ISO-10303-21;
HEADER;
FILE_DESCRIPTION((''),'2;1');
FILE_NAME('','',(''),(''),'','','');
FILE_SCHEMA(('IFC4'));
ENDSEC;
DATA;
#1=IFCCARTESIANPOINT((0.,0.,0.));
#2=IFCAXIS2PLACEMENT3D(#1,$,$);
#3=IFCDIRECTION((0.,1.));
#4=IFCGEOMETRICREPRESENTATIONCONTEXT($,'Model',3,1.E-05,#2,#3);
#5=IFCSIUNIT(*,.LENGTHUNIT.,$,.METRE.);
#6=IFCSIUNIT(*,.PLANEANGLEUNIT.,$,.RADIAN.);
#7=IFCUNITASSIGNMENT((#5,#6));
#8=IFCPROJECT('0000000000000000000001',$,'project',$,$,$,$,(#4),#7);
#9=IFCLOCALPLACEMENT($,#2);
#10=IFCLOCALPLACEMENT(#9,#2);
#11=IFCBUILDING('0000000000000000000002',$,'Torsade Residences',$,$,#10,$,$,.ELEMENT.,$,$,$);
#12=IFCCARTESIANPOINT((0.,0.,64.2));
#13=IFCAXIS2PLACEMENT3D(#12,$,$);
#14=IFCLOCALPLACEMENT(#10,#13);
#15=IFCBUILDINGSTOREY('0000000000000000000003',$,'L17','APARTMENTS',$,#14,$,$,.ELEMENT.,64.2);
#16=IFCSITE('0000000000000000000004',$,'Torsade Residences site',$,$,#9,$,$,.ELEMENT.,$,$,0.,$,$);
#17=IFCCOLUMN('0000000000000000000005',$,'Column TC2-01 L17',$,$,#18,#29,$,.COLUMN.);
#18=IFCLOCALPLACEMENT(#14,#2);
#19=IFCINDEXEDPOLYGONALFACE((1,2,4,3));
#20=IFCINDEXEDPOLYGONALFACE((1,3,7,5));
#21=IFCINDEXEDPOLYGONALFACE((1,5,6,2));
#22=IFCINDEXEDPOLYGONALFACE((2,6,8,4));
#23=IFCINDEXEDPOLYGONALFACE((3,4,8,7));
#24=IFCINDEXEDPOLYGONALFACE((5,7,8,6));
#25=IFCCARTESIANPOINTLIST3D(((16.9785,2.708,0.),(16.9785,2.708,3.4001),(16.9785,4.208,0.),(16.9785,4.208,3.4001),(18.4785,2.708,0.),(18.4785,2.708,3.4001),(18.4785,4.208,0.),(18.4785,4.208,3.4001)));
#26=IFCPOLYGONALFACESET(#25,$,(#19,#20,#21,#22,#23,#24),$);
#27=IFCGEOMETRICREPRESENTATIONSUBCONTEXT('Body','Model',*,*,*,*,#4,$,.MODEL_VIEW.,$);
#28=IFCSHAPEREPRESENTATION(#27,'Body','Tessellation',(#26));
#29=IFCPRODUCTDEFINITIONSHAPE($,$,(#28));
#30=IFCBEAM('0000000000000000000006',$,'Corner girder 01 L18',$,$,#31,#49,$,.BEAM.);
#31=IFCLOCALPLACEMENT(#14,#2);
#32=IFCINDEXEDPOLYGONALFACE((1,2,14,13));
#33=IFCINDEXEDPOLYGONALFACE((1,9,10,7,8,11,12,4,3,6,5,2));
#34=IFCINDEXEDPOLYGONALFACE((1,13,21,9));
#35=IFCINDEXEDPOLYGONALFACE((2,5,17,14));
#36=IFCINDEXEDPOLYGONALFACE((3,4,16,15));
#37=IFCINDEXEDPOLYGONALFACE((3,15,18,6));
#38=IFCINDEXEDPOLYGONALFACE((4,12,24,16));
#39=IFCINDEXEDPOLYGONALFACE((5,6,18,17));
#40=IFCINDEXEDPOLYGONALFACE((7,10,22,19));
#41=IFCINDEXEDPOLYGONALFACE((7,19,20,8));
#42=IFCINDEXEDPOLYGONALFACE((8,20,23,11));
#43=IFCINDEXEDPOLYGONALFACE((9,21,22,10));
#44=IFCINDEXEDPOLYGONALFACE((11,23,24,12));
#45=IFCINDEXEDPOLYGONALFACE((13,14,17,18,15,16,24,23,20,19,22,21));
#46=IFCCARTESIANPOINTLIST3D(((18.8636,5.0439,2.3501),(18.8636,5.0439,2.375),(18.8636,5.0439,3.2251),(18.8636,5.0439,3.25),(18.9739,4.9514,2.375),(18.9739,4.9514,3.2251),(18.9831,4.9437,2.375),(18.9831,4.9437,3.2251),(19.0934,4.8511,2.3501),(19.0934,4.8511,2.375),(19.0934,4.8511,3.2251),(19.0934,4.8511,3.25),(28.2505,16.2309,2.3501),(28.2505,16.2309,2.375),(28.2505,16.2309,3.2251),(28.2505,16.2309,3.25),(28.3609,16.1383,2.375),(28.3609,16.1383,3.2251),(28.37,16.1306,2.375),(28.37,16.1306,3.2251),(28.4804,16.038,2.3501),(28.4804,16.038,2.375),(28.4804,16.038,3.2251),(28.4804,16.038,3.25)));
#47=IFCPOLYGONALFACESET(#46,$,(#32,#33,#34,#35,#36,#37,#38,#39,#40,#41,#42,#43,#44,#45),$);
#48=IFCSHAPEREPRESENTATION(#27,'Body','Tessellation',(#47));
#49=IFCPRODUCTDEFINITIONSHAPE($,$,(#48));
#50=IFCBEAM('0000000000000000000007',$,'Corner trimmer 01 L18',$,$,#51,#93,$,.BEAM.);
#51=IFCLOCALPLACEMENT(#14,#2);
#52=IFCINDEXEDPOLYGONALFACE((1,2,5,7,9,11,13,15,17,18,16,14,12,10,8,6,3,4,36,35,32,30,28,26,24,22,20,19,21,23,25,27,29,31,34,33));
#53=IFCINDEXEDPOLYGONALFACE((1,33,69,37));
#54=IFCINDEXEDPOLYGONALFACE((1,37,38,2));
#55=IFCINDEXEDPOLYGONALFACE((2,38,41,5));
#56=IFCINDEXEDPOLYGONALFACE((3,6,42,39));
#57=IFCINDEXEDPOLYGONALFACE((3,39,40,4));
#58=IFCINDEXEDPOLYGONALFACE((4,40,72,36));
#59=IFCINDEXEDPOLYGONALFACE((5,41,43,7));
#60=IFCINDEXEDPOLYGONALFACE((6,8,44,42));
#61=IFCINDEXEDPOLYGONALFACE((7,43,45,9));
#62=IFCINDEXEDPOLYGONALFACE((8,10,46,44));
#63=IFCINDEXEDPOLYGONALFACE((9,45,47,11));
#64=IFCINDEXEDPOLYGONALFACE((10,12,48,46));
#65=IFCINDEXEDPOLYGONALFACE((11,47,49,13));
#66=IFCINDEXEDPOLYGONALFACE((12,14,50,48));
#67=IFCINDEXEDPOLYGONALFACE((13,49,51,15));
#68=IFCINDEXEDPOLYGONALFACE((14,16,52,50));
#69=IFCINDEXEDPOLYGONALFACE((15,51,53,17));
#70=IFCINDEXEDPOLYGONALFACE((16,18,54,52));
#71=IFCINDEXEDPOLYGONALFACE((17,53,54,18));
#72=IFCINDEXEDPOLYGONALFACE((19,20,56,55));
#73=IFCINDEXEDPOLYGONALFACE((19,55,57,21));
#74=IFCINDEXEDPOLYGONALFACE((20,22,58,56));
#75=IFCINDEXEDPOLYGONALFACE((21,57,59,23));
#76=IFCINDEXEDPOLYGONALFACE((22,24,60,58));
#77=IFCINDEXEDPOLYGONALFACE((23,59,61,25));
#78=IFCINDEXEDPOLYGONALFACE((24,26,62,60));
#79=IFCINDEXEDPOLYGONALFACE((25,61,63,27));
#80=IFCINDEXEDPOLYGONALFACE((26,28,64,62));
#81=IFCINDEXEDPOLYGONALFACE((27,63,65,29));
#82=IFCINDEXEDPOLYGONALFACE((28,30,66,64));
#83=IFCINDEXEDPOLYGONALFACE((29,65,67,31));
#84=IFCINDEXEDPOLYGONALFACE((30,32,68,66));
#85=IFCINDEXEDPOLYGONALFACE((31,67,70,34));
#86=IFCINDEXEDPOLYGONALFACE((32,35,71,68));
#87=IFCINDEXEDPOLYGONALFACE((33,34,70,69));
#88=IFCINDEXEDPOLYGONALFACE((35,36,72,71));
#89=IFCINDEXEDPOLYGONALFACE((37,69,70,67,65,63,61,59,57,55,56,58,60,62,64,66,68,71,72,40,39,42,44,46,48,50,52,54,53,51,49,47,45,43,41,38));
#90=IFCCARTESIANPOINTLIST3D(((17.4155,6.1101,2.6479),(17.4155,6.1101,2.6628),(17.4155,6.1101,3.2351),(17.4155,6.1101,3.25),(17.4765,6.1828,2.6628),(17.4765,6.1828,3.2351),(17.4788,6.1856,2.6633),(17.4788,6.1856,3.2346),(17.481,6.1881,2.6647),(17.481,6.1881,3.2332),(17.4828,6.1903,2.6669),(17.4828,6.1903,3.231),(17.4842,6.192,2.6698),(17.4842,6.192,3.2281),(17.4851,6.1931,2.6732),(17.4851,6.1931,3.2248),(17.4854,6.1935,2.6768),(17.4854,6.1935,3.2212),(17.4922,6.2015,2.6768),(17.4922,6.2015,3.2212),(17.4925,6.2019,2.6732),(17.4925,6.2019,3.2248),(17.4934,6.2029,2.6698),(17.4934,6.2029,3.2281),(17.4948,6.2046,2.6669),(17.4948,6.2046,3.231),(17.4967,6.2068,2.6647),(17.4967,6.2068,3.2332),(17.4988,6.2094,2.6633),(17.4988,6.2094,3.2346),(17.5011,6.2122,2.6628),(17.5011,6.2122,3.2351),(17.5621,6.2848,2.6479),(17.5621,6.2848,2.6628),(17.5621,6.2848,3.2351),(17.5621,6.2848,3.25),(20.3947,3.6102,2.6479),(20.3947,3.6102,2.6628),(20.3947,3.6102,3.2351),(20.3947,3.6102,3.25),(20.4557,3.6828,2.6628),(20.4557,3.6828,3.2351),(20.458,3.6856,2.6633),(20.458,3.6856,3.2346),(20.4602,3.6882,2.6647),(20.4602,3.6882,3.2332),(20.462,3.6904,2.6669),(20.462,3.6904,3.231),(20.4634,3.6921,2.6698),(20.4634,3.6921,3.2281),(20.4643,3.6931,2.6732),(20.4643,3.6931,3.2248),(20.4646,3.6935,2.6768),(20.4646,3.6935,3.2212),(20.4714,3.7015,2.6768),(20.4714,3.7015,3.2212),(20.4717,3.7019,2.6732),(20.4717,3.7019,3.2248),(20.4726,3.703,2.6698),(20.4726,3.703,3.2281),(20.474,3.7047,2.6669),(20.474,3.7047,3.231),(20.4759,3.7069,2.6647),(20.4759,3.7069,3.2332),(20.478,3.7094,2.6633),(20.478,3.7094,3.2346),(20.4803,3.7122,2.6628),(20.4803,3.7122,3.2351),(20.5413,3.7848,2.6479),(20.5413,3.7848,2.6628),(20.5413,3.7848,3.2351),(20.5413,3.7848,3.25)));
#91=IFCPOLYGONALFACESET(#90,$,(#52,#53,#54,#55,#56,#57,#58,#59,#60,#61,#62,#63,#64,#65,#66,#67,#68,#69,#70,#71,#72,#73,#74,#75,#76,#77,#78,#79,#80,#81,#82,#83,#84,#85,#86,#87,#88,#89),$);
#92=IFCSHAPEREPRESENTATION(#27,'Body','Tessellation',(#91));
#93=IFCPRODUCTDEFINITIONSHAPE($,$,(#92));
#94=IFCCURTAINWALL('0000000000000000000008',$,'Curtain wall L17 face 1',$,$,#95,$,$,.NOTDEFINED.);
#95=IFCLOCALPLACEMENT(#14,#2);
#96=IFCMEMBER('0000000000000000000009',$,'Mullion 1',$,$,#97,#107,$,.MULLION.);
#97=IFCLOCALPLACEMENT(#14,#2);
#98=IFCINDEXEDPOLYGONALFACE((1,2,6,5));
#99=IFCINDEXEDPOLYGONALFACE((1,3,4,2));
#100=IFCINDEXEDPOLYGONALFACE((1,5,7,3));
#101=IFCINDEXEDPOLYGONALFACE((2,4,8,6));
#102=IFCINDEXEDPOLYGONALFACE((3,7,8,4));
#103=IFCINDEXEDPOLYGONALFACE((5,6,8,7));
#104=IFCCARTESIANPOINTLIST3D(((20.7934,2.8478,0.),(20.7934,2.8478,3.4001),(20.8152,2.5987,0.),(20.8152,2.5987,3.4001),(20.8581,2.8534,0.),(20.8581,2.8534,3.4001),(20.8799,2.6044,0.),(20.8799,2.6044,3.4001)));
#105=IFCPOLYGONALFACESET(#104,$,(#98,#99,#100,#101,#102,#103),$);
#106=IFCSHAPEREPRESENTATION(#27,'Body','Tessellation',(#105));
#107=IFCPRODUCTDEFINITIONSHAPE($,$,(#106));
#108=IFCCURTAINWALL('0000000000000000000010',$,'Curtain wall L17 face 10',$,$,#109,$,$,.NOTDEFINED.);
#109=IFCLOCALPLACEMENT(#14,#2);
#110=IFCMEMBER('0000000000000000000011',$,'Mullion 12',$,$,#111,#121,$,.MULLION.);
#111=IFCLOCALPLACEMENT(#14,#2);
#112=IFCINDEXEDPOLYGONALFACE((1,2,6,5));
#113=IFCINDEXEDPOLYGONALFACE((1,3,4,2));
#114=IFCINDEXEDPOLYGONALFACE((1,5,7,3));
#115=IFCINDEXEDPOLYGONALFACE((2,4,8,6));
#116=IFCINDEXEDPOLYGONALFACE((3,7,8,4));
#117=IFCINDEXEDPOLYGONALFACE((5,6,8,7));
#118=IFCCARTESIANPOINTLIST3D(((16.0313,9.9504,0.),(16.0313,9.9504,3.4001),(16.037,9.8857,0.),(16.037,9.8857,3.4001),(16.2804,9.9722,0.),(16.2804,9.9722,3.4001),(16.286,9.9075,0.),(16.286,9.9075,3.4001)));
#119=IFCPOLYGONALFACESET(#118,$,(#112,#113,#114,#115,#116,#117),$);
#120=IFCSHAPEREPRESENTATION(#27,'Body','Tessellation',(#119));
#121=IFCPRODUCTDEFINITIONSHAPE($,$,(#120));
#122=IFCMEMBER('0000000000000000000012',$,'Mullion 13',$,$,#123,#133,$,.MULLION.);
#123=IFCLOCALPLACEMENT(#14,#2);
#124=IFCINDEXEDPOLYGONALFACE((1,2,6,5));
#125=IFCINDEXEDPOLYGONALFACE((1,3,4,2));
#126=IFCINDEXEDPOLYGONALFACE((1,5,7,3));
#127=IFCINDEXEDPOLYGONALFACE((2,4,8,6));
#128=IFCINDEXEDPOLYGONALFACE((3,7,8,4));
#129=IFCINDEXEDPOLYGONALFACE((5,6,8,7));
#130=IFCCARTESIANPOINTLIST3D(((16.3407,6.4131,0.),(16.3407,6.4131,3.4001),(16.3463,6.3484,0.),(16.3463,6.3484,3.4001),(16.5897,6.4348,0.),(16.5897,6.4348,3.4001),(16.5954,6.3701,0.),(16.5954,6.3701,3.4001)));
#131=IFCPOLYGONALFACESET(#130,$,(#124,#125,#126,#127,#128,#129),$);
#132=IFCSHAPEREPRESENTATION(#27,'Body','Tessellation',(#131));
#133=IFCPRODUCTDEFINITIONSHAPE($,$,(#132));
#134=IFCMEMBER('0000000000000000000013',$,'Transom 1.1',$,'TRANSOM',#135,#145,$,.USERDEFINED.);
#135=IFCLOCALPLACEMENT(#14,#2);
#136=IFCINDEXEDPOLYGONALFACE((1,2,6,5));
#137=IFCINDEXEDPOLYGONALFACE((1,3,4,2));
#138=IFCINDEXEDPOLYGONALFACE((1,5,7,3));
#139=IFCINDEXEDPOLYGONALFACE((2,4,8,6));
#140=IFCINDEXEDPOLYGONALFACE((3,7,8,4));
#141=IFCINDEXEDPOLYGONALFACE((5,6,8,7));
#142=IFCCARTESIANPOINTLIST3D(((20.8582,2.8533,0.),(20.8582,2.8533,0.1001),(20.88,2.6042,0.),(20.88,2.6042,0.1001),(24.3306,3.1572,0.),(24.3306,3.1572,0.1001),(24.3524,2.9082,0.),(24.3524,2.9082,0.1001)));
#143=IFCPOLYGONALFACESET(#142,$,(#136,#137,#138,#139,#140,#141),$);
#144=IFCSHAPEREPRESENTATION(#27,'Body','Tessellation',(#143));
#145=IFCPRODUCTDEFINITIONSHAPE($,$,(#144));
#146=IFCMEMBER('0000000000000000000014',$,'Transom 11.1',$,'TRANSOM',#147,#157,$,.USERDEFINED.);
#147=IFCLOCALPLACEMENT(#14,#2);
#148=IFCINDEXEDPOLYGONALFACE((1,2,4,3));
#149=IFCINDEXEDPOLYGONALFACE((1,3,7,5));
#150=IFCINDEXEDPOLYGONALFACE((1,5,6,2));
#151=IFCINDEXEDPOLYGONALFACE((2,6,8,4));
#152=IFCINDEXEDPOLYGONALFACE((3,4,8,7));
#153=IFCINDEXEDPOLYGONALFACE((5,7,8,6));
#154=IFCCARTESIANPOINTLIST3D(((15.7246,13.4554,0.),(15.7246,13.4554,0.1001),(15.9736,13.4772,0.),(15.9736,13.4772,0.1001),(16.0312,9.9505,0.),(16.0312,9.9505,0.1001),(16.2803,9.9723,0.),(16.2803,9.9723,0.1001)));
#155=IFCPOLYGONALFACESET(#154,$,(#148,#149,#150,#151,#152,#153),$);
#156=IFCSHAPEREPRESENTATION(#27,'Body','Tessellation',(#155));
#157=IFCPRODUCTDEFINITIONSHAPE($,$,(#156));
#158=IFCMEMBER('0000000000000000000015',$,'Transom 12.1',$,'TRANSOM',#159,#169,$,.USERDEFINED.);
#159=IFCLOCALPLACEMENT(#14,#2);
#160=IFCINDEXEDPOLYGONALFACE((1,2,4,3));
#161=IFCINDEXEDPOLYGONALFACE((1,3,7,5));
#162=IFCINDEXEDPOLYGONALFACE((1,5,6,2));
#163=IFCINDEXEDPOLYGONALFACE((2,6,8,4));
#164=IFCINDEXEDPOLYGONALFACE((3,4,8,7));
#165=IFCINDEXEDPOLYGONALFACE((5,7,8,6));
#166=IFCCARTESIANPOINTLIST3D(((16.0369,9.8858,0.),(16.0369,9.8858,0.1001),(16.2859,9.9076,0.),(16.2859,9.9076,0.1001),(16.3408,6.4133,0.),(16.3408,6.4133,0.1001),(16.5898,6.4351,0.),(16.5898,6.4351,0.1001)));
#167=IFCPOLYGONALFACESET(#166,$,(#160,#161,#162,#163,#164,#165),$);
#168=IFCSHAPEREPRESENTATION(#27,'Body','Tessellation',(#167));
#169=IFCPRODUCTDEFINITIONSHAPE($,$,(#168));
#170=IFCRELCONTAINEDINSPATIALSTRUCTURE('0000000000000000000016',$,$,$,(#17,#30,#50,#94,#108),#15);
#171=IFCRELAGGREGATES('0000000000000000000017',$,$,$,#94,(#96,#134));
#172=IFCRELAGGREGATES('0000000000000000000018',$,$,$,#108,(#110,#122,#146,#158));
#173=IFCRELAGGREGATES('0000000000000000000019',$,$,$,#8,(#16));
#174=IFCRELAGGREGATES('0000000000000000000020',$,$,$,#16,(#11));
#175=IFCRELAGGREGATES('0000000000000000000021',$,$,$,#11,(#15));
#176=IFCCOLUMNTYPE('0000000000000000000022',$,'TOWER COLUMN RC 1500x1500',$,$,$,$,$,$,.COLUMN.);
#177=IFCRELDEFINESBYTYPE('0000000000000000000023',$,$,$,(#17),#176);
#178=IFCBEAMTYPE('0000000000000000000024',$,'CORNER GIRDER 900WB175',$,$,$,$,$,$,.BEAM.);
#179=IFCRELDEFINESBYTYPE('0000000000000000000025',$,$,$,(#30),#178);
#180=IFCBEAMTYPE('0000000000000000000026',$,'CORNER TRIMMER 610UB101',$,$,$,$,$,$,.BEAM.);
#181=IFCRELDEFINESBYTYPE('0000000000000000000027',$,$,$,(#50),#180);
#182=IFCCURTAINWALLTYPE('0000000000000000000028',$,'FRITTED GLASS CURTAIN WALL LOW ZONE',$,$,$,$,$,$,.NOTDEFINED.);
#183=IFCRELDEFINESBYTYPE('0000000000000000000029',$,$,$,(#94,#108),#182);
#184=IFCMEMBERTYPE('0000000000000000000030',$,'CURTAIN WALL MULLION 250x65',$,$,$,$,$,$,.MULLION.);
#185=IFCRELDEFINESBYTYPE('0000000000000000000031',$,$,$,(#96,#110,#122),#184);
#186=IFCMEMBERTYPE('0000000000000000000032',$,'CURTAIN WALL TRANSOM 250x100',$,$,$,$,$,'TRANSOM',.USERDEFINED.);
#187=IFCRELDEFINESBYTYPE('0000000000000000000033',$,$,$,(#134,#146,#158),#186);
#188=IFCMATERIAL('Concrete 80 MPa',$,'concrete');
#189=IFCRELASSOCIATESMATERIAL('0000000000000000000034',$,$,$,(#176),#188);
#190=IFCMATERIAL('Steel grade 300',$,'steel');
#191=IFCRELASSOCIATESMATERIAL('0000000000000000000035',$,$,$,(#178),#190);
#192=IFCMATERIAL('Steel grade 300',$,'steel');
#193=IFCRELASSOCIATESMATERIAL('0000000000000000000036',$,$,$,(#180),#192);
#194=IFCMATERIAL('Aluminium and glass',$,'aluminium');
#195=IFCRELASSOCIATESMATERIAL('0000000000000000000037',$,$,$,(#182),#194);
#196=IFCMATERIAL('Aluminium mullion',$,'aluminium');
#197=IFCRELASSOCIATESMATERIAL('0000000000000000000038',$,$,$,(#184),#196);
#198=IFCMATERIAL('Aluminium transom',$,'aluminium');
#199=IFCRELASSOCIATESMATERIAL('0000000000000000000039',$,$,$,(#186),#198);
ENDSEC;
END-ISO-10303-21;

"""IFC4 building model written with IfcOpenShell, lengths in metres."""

from ifc_helpers import new_model, si_unit, direction, frame, origin, origin_2d, place, context, subcontext, project, spatial, rectangle, i_section, extrude, material, material_profile, profile_set, type_object, element, aggregate, save


model = new_model("IFC4")

# Units and contexts
model_context = context("Model", 3, precision=1e-05, world=origin(), true_north=direction((0.0, 1.0)))
body_context = subcontext(model_context, "Body", "Model", "MODEL_VIEW")
ifc_project = project(units=[si_unit("LENGTHUNIT", "METRE"), si_unit("PLANEANGLEUNIT", "RADIAN")], contexts=[model_context])

# Site, building, storey
site_placement = place(None, origin())
site = spatial("IfcSite", under=ifc_project, at=site_placement, Name="Torsade Residences site", CompositionType="ELEMENT", RefElevation=0.0)
building_placement = place(site_placement, origin())
building = spatial("IfcBuilding", under=site, at=building_placement, Name="Torsade Residences", CompositionType="ELEMENT")
storey_placement = place(building_placement, frame((0.0, 0.0, 64.2)))
storey = spatial("IfcBuildingStorey", under=building, at=storey_placement, Name="L17", Description="APARTMENTS", CompositionType="ELEMENT", Elevation=64.2)

# Column
ifc_material_1 = material(Name="Concrete 80 MPa", Category="concrete")
ifc_material_profile_1 = material_profile(ifc_material_1, rectangle(XDim=1.5, YDim=1.5, at=origin_2d()), Name="RC 1500x1500")
ifc_profile_set_1 = profile_set([ifc_material_profile_1], Name="Concrete 80 MPa")
column_type = type_object("IfcColumnType", Name="TOWER COLUMN RC 1500x1500", PredefinedType="COLUMN", material=ifc_profile_set_1)
column_placement = place(storey_placement, frame((17.7285, 3.458, 0.0), z_axis=(0.0, 0.0, 1.0), x_axis=(1.0, 0.0, 0.0)))
element("IfcColumn", 1, at=column_placement, inside=storey, type_object=column_type, Name="Column TC2-01 L17", PredefinedType="COLUMN", context=body_context, shape_type="SweptSolid", body=[
    extrude(rectangle(XDim=1.5, YDim=1.5, at=origin_2d()), origin(), (0.0, 0.0, 1.0), 3.4001),
])

# Beams
ifc_material_2 = material(Name="Steel grade 300", Category="steel")
ifc_material_profile_2 = material_profile(ifc_material_2, i_section(OverallWidth=0.3, OverallDepth=0.8999, WebThickness=0.012, FlangeThickness=0.0249, at=origin_2d()), Name="900WB175")
ifc_profile_set_2 = profile_set([ifc_material_profile_2], Name="Steel grade 300")
beam_type_1 = type_object("IfcBeamType", Name="CORNER GIRDER 900WB175", PredefinedType="BEAM", material=ifc_profile_set_2)
beam_1_placement = place(storey_placement, frame((18.9785, 4.9475, 2.8), z_axis=(0.642785, 0.766046, 0.0), x_axis=(-0.766046, 0.642785, 0.0)))
element("IfcBeam", 2, at=beam_1_placement, inside=storey, type_object=beam_type_1, Name="Corner girder 01 L18", PredefinedType="BEAM", context=body_context, shape_type="SweptSolid", body=[
    extrude(i_section(OverallWidth=0.3, OverallDepth=0.8999, WebThickness=0.012, FlangeThickness=0.0249, at=origin_2d()), origin(), (0.0, 0.0, 1.0), 14.6035),
])
ifc_material_3 = material(Name="Steel grade 300", Category="steel")
ifc_material_profile_3 = material_profile(ifc_material_3, i_section(OverallWidth=0.228, OverallDepth=0.6021, WebThickness=0.0105, FlangeThickness=0.0149, FilletRadius=0.0139, at=origin_2d()), Name="610UB101")
ifc_profile_set_3 = profile_set([ifc_material_profile_3], Name="Steel grade 300")
beam_type_2 = type_object("IfcBeamType", Name="CORNER TRIMMER 610UB101", PredefinedType="BEAM", material=ifc_profile_set_3)
beam_2_placement = place(storey_placement, frame((20.468, 3.6975, 2.949), z_axis=(-0.76603, 0.642805, 0.0), x_axis=(-0.642805, -0.76603, 0.0)))
element("IfcBeam", 3, at=beam_2_placement, inside=storey, type_object=beam_type_2, Name="Corner trimmer 01 L18", PredefinedType="BEAM", context=body_context, shape_type="SweptSolid", body=[
    extrude(i_section(OverallWidth=0.228, OverallDepth=0.6021, WebThickness=0.0105, FlangeThickness=0.0149, FilletRadius=0.0139, at=origin_2d()), origin(), (0.0, 0.0, 1.0), 3.8892),
])

# Curtain wall, member
ifc_material_4 = material(Name="Aluminium and glass", Category="aluminium")
curtain_wall_type = type_object("IfcCurtainWallType", Name="FRITTED GLASS CURTAIN WALL LOW ZONE", PredefinedType="NOTDEFINED", material=ifc_material_4)
curtain_wall_1_placement = place(storey_placement, origin())
curtain_wall_1 = element("IfcCurtainWall", 4, at=curtain_wall_1_placement, inside=storey, type_object=curtain_wall_type, Name="Curtain wall L17 face 1", PredefinedType="NOTDEFINED")
ifc_material_5 = material(Name="Aluminium mullion", Category="aluminium")
ifc_material_profile_4 = material_profile(ifc_material_5, rectangle(XDim=0.25, YDim=0.0649, at=origin_2d()), Name="CURTAIN WALL MULLION 250x65")
ifc_profile_set_4 = profile_set([ifc_material_profile_4], Name="Aluminium mullion")
member_type_1 = type_object("IfcMemberType", Name="CURTAIN WALL MULLION 250x65", PredefinedType="MULLION", material=ifc_profile_set_4)
member_1_placement = place(storey_placement, frame((20.8367, 2.7261, 0.0), z_axis=(0.0, 0.0, 1.0), x_axis=(-0.087156, 0.996195, 0.0)))
member_1 = element("IfcMember", 5, at=member_1_placement, type_object=member_type_1, Name="Mullion 1", PredefinedType="MULLION", context=body_context, shape_type="SweptSolid", body=[
    extrude(rectangle(XDim=0.25, YDim=0.0649, at=origin_2d()), origin(), (0.0, 0.0, 1.0), 3.4001),
])

# Curtain wall, members
curtain_wall_2_placement = place(storey_placement, origin())
curtain_wall_2 = element("IfcCurtainWall", 6, at=curtain_wall_2_placement, inside=storey, type_object=curtain_wall_type, Name="Curtain wall L17 face 10", PredefinedType="NOTDEFINED")
member_2_placement = place(storey_placement, frame((16.1587, 9.929, 0.0), z_axis=(0.0, 0.0, 1.0), x_axis=(0.996195, 0.087156, 0.0)))
member_2 = element("IfcMember", 7, at=member_2_placement, type_object=member_type_1, Name="Mullion 12", PredefinedType="MULLION", context=body_context, shape_type="SweptSolid", body=[
    extrude(rectangle(XDim=0.25, YDim=0.0649, at=origin_2d()), origin(), (0.0, 0.0, 1.0), 3.4001),
])
member_3_placement = place(storey_placement, frame((16.468, 6.3916, 0.0), z_axis=(0.0, 0.0, 1.0), x_axis=(0.996195, 0.087156, 0.0)))
member_3 = element("IfcMember", 8, at=member_3_placement, type_object=member_type_1, Name="Mullion 13", PredefinedType="MULLION", context=body_context, shape_type="SweptSolid", body=[
    extrude(rectangle(XDim=0.25, YDim=0.0649, at=origin_2d()), origin(), (0.0, 0.0, 1.0), 3.4001),
])

# Members
ifc_material_6 = material(Name="Aluminium transom", Category="aluminium")
ifc_material_profile_5 = material_profile(ifc_material_6, rectangle(XDim=0.25, YDim=0.1001, at=origin_2d()), Name="CURTAIN WALL TRANSOM 250x100")
ifc_profile_set_5 = profile_set([ifc_material_profile_5], Name="Aluminium transom")
member_type_2 = type_object("IfcMemberType", Name="CURTAIN WALL TRANSOM 250x100", ElementType="TRANSOM", PredefinedType="USERDEFINED", material=ifc_profile_set_5)
member_4_placement = place(storey_placement, frame((20.8691, 2.7288, 0.05), z_axis=(0.996191, 0.087201, 0.0), x_axis=(-0.087201, 0.996191, 0.0)))
member_4 = element("IfcMember", 9, at=member_4_placement, type_object=member_type_2, Name="Transom 1.1", ObjectType="TRANSOM", PredefinedType="USERDEFINED", context=body_context, shape_type="SweptSolid", body=[
    extrude(rectangle(XDim=0.25, YDim=0.1001, at=origin_2d()), origin(), (0.0, 0.0, 1.0), 3.4856),
])
aggregate(curtain_wall_1, [member_1, member_4])
member_5_placement = place(storey_placement, frame((15.8491, 13.4663, 0.05), z_axis=(0.087157, -0.996195, 0.0), x_axis=(0.996195, 0.087157, 0.0)))
member_5 = element("IfcMember", 10, at=member_5_placement, type_object=member_type_2, Name="Transom 11.1", ObjectType="TRANSOM", PredefinedType="USERDEFINED", context=body_context, shape_type="SweptSolid", body=[
    extrude(rectangle(XDim=0.25, YDim=0.1001, at=origin_2d()), origin(), (0.0, 0.0, 1.0), 3.5183),
])
member_6_placement = place(storey_placement, frame((16.1614, 9.8967, 0.05), z_axis=(0.087195, -0.996191, 0.0), x_axis=(0.996191, 0.087195, 0.0)))
member_6 = element("IfcMember", 11, at=member_6_placement, type_object=member_type_2, Name="Transom 12.1", ObjectType="TRANSOM", PredefinedType="USERDEFINED", context=body_context, shape_type="SweptSolid", body=[
    extrude(rectangle(XDim=0.25, YDim=0.1001, at=origin_2d()), origin(), (0.0, 0.0, 1.0), 3.4858),
])

aggregate(curtain_wall_2, [member_2, member_3, member_5, member_6])

save(model, "model.ifc")
